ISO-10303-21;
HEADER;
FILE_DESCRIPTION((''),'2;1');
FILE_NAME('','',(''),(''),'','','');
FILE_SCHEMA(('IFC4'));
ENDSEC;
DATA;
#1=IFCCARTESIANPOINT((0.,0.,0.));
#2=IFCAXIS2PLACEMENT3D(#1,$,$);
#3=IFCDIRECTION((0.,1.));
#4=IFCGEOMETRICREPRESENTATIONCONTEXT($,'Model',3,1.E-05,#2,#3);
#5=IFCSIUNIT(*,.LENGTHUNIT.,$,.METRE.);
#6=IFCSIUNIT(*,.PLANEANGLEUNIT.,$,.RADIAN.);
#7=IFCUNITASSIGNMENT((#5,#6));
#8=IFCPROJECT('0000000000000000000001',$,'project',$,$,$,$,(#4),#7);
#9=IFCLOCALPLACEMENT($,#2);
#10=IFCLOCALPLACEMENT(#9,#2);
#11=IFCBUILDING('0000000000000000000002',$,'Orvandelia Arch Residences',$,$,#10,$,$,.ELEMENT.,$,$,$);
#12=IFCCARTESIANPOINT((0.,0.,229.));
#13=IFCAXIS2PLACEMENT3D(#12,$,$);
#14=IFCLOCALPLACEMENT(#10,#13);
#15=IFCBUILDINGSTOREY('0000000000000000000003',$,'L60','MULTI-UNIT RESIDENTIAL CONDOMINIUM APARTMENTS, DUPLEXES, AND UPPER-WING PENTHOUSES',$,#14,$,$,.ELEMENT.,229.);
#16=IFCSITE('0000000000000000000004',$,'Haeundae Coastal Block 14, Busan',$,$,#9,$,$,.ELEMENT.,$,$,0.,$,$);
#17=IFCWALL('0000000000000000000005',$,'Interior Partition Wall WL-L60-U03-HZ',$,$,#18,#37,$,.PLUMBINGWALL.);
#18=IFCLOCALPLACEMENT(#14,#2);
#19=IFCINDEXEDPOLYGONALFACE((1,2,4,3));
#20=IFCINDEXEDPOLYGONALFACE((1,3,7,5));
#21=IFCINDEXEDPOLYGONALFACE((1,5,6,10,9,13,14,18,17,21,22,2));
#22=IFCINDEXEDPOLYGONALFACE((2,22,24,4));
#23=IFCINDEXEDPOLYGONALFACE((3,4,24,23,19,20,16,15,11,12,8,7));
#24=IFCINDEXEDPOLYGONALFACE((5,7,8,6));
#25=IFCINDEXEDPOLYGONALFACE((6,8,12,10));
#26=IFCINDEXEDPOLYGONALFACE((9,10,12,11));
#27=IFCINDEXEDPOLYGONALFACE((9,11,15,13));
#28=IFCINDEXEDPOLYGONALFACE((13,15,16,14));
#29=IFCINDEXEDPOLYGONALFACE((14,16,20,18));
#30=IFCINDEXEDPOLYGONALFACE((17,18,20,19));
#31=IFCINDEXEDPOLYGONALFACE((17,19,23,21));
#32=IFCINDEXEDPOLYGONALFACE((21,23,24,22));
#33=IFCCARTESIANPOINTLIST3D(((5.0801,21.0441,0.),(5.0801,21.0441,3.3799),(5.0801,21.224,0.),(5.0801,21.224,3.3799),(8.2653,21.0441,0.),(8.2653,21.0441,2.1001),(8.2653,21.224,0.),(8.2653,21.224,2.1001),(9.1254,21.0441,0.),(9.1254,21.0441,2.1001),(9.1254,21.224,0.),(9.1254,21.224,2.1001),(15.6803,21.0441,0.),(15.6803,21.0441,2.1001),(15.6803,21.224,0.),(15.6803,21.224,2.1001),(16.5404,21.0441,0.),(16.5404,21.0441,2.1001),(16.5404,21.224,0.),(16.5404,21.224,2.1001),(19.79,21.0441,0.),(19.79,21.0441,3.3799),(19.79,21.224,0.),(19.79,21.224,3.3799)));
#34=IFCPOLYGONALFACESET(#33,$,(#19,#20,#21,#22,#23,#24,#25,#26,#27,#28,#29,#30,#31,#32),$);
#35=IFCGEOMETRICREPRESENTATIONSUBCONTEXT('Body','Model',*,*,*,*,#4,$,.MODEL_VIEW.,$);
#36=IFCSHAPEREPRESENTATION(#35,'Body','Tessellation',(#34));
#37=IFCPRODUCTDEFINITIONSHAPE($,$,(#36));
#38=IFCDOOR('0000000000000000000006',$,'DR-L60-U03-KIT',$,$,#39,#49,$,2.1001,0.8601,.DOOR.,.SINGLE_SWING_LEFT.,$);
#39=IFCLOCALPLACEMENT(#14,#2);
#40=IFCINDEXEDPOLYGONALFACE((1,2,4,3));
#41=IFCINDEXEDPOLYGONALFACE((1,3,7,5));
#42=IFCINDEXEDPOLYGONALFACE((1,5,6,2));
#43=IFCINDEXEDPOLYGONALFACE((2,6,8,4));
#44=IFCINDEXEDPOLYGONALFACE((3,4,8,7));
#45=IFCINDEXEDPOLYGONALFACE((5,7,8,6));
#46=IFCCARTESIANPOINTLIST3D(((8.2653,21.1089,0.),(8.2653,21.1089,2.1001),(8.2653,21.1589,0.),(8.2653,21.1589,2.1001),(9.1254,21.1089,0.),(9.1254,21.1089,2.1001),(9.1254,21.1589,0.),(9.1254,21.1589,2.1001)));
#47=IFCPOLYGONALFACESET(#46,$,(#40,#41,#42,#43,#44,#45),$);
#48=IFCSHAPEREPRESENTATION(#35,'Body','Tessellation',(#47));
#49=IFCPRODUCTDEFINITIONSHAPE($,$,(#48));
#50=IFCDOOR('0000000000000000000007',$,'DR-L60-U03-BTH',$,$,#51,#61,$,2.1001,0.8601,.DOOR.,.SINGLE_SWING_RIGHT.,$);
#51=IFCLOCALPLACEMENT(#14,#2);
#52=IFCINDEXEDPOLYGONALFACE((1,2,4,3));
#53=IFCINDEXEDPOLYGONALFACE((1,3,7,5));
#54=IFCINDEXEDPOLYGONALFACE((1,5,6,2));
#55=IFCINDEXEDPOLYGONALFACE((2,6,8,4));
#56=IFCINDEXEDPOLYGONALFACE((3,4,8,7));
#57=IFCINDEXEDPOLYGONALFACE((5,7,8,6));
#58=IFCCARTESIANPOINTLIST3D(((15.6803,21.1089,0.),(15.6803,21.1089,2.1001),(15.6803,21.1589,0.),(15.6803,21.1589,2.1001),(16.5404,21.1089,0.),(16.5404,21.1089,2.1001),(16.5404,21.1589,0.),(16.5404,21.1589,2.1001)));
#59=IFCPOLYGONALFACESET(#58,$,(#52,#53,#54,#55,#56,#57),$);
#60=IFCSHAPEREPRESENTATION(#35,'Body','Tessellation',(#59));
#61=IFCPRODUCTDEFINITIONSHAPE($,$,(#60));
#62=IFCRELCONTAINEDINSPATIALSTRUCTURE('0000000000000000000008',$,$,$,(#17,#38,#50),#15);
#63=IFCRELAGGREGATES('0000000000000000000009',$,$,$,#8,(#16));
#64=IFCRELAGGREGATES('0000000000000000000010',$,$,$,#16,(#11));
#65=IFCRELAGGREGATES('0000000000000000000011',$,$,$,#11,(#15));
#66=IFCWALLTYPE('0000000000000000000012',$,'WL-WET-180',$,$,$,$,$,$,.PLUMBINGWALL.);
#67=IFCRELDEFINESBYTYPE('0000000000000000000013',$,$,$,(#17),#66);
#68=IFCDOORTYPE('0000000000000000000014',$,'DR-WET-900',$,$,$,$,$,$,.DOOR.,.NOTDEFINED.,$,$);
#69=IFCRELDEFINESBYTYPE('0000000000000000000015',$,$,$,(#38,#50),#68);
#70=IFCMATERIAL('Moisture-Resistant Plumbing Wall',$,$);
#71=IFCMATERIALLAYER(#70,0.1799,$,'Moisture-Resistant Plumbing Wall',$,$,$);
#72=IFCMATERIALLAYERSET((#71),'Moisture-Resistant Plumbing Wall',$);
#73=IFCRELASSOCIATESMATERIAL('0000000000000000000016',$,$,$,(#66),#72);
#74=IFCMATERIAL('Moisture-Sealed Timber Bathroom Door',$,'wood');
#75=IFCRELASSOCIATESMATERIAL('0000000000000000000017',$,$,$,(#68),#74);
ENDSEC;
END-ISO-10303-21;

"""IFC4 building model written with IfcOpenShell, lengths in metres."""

from ifc_helpers import new_model, si_unit, direction, frame, frame_2d, origin, place, context, subcontext, project, spatial, rectangle, extrude, material, layer, layer_set, type_object, element, fill, save


model = new_model("IFC4")

# Units and contexts
model_context = context("Model", 3, precision=1e-05, world=origin(), true_north=direction((0.0, 1.0)))
body_context = subcontext(model_context, "Body", "Model", "MODEL_VIEW")
ifc_project = project(units=[si_unit("LENGTHUNIT", "METRE"), si_unit("PLANEANGLEUNIT", "RADIAN")], contexts=[model_context])

# Site, building, storey
site_placement = place(None, origin())
site = spatial("IfcSite", under=ifc_project, at=site_placement, Name="Haeundae Coastal Block 14, Busan", CompositionType="ELEMENT", RefElevation=0.0)
building_placement = place(site_placement, origin())
building = spatial("IfcBuilding", under=site, at=building_placement, Name="Orvandelia Arch Residences", CompositionType="ELEMENT")
storey_placement = place(building_placement, frame((0.0, 0.0, 229.0)))
storey = spatial("IfcBuildingStorey", under=building, at=storey_placement, Name="L60", Description="MULTI-UNIT RESIDENTIAL CONDOMINIUM APARTMENTS, DUPLEXES, AND UPPER-WING PENTHOUSES", CompositionType="ELEMENT", Elevation=229.0)

# Wall, openings, doors
ifc_material_1 = material(Name="Moisture-Resistant Plumbing Wall")
ifc_layer_1 = layer(ifc_material_1, 0.1799, Name="Moisture-Resistant Plumbing Wall")
ifc_layer_set_1 = layer_set([ifc_layer_1], Name="Moisture-Resistant Plumbing Wall")
wall_type_1 = type_object("IfcWallType", Name="WL-WET-180", PredefinedType="PLUMBINGWALL", material=ifc_layer_set_1)
ifc_material_2 = material(Name="Moisture-Sealed Timber Bathroom Door", Category="wood")
door_type = type_object("IfcDoorType", Name="DR-WET-900", OperationType="NOTDEFINED", PredefinedType="DOOR", material=ifc_material_2)
wall_1_placement = place(storey_placement, frame((5.0801, 21.134, 0.0), z_axis=(0.0, 0.0, 1.0), x_axis=(1.0, 0.0, 0.0)))
wall_1 = element("IfcWall", 1, at=wall_1_placement, inside=storey, type_object=wall_type_1, Name="Interior Partition Wall WL-L60-U03-HZ", PredefinedType="PLUMBINGWALL", context=body_context, shape_type="SweptSolid", body=[
    extrude(rectangle(XDim=14.71, YDim=0.1799, at=frame_2d((7.355, 0.0))), origin(), (0.0, 0.0, 1.0), 3.3799),
])
opening_1_placement = place(wall_1_placement, frame((3.1851, 0.0, 0.0)))
opening_1 = element("IfcOpeningElement", 2, at=opening_1_placement, cuts=wall_1, PredefinedType="OPENING", context=body_context, shape_type="SweptSolid", body=[
    extrude(rectangle(XDim=0.8601, YDim=2.1001, at=frame_2d((0.4302, 1.05))), frame((0.0, 0.1001, 0.0), z_axis=(0.0, -1.0, 0.0), x_axis=(1.0, 0.0, 0.0)), (0.0, 0.0, 1.0), 0.2),
])
opening_2_placement = place(wall_1_placement, frame((10.6001, 0.0, 0.0)))
opening_2 = element("IfcOpeningElement", 3, at=opening_2_placement, cuts=wall_1, PredefinedType="OPENING", context=body_context, shape_type="SweptSolid", body=[
    extrude(rectangle(XDim=0.8601, YDim=2.1001, at=frame_2d((0.4302, 1.05))), frame((0.0, 0.1001, 0.0), z_axis=(0.0, -1.0, 0.0), x_axis=(1.0, 0.0, 0.0)), (0.0, 0.0, 1.0), 0.2),
])
door_1_placement = place(opening_1_placement, origin())
door_1 = element("IfcDoor", 4, at=door_1_placement, inside=storey, type_object=door_type, Name="DR-L60-U03-KIT", OperationType="SINGLE_SWING_LEFT", OverallHeight=2.1001, OverallWidth=0.8601, PredefinedType="DOOR", context=body_context, shape_type="SweptSolid", body=[
    extrude(rectangle(XDim=0.8601, YDim=2.1001, at=frame_2d((0.4302, 1.05))), frame((0.0, 0.0249, 0.0), z_axis=(0.0, -1.0, 0.0), x_axis=(1.0, 0.0, 0.0)), (0.0, 0.0, 1.0), 0.05),
])
fill(opening_1, door_1)
door_2_placement = place(opening_2_placement, origin())
door_2 = element("IfcDoor", 5, at=door_2_placement, inside=storey, type_object=door_type, Name="DR-L60-U03-BTH", OperationType="SINGLE_SWING_RIGHT", OverallHeight=2.1001, OverallWidth=0.8601, PredefinedType="DOOR", context=body_context, shape_type="SweptSolid", body=[
    extrude(rectangle(XDim=0.8601, YDim=2.1001, at=frame_2d((0.4302, 1.05))), frame((0.0, 0.0249, 0.0), z_axis=(0.0, -1.0, 0.0), x_axis=(1.0, 0.0, 0.0)), (0.0, 0.0, 1.0), 0.05),
])
fill(opening_2, door_2)

save(model, "model.ifc")
